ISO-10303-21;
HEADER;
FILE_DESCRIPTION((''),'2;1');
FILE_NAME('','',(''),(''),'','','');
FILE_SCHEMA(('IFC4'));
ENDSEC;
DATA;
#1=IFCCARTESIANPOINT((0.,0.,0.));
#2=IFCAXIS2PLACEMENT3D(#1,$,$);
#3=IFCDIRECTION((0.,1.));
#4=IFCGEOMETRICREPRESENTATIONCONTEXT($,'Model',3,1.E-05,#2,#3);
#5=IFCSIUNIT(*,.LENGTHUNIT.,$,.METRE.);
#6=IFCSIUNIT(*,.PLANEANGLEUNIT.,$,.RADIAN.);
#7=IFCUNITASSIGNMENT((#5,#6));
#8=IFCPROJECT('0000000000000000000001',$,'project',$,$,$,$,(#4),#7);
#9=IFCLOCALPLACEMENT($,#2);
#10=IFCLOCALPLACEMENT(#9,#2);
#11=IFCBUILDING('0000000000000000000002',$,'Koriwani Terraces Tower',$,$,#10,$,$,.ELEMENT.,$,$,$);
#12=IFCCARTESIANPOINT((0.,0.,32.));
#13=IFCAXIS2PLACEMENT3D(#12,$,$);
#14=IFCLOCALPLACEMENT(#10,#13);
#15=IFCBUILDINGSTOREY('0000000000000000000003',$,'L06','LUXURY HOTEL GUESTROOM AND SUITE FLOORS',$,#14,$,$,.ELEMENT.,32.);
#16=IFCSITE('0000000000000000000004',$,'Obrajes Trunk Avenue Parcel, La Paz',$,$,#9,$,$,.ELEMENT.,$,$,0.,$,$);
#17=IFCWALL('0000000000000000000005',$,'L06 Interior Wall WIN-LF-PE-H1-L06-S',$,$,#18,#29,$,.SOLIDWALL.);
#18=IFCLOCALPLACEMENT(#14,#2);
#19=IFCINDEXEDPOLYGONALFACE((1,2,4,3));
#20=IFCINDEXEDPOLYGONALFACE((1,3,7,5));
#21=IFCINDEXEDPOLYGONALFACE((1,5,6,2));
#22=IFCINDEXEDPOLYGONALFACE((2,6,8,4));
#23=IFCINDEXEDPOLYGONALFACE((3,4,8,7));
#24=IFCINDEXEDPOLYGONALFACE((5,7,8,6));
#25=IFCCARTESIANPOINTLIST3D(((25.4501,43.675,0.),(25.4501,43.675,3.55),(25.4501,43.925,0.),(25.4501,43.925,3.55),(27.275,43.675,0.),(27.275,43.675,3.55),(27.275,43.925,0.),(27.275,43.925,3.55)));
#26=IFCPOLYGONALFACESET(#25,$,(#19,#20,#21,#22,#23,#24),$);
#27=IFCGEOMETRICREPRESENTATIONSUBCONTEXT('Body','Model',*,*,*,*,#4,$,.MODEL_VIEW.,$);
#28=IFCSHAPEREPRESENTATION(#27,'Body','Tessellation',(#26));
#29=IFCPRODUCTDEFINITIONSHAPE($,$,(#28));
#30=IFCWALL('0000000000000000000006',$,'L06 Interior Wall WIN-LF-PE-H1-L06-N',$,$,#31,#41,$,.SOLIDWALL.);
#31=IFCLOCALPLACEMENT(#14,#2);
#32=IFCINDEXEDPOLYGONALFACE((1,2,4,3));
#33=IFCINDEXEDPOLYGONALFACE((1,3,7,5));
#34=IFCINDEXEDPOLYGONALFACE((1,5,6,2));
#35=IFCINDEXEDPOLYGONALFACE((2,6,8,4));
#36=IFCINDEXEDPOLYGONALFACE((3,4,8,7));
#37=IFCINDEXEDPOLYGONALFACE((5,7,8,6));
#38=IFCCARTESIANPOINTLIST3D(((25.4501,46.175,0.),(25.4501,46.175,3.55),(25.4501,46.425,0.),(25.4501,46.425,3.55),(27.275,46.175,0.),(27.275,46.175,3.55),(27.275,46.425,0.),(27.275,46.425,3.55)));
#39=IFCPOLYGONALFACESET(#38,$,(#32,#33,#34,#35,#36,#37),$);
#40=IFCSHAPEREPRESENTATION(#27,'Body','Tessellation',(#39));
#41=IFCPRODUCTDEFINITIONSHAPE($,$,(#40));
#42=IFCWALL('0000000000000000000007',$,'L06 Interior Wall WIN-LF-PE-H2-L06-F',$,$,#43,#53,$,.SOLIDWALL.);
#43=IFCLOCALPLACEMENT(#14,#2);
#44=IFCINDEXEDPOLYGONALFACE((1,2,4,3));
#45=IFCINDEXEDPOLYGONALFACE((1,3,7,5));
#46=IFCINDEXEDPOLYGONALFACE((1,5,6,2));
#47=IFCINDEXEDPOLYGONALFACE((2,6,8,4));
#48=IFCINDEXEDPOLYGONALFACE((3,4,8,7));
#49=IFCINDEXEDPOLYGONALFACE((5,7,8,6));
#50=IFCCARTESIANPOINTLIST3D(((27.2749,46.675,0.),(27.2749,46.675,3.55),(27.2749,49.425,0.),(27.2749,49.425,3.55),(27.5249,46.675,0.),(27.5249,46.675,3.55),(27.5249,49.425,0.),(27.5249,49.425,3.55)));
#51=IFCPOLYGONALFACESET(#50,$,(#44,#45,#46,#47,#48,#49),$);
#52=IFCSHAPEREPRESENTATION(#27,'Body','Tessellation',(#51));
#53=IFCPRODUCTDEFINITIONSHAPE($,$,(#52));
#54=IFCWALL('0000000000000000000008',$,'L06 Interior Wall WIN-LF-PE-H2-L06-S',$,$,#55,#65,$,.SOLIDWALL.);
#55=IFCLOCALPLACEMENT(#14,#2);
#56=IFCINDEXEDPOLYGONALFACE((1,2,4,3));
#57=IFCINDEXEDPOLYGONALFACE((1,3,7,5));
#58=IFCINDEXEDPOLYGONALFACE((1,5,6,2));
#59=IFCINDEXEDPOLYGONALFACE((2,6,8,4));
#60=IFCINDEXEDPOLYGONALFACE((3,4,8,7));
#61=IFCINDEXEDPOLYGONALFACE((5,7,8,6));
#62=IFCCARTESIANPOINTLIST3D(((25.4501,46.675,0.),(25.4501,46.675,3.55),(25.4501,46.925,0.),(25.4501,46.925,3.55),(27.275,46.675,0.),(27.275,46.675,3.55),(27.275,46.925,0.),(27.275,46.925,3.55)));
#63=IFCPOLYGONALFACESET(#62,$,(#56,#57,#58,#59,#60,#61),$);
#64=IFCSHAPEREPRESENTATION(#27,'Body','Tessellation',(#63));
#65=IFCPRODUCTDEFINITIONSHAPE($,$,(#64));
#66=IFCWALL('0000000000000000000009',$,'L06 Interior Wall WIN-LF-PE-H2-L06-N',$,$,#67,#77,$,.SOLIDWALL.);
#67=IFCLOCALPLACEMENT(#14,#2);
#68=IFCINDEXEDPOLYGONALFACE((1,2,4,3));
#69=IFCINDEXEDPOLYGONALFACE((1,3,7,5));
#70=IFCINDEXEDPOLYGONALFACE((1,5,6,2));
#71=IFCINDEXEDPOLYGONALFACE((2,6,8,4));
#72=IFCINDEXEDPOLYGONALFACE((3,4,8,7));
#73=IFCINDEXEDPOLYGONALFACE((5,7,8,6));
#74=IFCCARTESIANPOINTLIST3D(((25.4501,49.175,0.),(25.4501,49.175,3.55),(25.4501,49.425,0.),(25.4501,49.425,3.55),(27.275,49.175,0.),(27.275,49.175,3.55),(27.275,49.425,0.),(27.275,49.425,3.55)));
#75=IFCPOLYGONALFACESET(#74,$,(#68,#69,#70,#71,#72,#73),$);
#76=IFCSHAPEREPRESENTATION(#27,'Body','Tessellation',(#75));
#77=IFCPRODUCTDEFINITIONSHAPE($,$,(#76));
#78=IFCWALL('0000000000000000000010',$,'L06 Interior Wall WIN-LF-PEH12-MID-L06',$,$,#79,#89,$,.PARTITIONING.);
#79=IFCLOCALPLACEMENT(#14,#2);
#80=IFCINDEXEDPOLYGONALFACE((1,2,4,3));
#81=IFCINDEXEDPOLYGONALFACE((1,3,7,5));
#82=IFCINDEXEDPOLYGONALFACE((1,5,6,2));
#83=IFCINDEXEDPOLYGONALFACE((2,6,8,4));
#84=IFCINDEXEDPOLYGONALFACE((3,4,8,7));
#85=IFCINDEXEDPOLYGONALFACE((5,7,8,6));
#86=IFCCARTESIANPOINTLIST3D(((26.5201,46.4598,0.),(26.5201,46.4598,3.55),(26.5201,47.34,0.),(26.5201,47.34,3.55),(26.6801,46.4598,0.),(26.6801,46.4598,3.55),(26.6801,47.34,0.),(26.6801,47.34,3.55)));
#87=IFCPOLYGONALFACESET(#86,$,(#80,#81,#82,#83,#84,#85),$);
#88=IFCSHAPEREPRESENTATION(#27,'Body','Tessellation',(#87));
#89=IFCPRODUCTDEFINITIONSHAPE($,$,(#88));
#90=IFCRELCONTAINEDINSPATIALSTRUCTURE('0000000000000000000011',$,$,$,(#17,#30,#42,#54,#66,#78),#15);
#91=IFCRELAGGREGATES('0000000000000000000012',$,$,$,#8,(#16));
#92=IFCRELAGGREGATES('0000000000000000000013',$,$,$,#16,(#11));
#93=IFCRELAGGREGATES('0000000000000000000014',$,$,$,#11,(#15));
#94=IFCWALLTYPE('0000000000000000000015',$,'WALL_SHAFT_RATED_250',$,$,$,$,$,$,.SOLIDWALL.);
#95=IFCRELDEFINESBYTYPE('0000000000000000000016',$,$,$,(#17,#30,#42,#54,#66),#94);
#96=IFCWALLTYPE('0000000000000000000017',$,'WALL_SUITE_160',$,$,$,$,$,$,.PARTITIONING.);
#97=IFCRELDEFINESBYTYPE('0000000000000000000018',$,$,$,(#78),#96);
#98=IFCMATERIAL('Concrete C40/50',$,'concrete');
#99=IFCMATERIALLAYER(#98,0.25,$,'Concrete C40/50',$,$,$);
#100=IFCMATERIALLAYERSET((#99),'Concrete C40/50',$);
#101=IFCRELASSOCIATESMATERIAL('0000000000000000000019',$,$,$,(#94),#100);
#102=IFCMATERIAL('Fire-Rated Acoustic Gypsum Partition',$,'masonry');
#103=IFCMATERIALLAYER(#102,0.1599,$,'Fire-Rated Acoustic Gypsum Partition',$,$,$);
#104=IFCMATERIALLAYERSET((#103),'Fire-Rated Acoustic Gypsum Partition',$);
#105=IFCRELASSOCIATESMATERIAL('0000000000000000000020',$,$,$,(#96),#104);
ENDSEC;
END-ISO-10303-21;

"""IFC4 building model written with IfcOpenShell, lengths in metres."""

from ifc_helpers import new_model, si_unit, direction, frame, frame_2d, origin, place, context, subcontext, project, spatial, rectangle, extrude, material, layer, layer_set, type_object, element, save


model = new_model("IFC4")

# Units and contexts
model_context = context("Model", 3, precision=1e-05, world=origin(), true_north=direction((0.0, 1.0)))
body_context = subcontext(model_context, "Body", "Model", "MODEL_VIEW")
ifc_project = project(units=[si_unit("LENGTHUNIT", "METRE"), si_unit("PLANEANGLEUNIT", "RADIAN")], contexts=[model_context])

# Site, building, storey
site_placement = place(None, origin())
site = spatial("IfcSite", under=ifc_project, at=site_placement, Name="Obrajes Trunk Avenue Parcel, La Paz", CompositionType="ELEMENT", RefElevation=0.0)
building_placement = place(site_placement, origin())
building = spatial("IfcBuilding", under=site, at=building_placement, Name="Koriwani Terraces Tower", CompositionType="ELEMENT")
storey_placement = place(building_placement, frame((0.0, 0.0, 32.0)))
storey = spatial("IfcBuildingStorey", under=building, at=storey_placement, Name="L06", Description="LUXURY HOTEL GUESTROOM AND SUITE FLOORS", CompositionType="ELEMENT", Elevation=32.0)

# Shared definitions
ifc_material_1 = material(Name="Concrete C40/50", Category="concrete")
ifc_layer_1 = layer(ifc_material_1, 0.25, Name="Concrete C40/50")
ifc_layer_set_1 = layer_set([ifc_layer_1], Name="Concrete C40/50")
wall_type_1 = type_object("IfcWallType", Name="WALL_SHAFT_RATED_250", PredefinedType="SOLIDWALL", material=ifc_layer_set_1)

# Walls
for number, where, z_axis, x_axis, name in (
    (1, (25.45, 43.8, 0.0), (0.0, 0.0, 1.0), (1.0, 0.0, 0.0), "L06 Interior Wall WIN-LF-PE-H1-L06-S"),
    (2, (25.45, 46.3, 0.0), (0.0, 0.0, 1.0), (1.0, 0.0, 0.0), "L06 Interior Wall WIN-LF-PE-H1-L06-N"),
):
    element("IfcWall", number, at=place(storey_placement, frame(where, z_axis=z_axis, x_axis=x_axis)), inside=storey, type_object=wall_type_1, Name=name, PredefinedType="SOLIDWALL", context=body_context, shape_type="SweptSolid", body=[
        extrude(rectangle(XDim=1.825, YDim=0.25, at=frame_2d((0.9126, 0.0))), origin(), (0.0, 0.0, 1.0), 3.55),
    ])
wall_1_placement = place(storey_placement, frame((27.3999, 46.675, 0.0), z_axis=(0.0, 0.0, 1.0), x_axis=(0.0, 1.0, 0.0)))
element("IfcWall", 3, at=wall_1_placement, inside=storey, type_object=wall_type_1, Name="L06 Interior Wall WIN-LF-PE-H2-L06-F", PredefinedType="SOLIDWALL", context=body_context, shape_type="SweptSolid", body=[
    extrude(rectangle(XDim=2.75, YDim=0.25, at=frame_2d((1.375, 0.0))), origin(), (0.0, 0.0, 1.0), 3.55),
])
for number, where, z_axis, x_axis, name in (
    (4, (25.45, 46.8, 0.0), (0.0, 0.0, 1.0), (1.0, 0.0, 0.0), "L06 Interior Wall WIN-LF-PE-H2-L06-S"),
    (5, (25.45, 49.3, 0.0), (0.0, 0.0, 1.0), (1.0, 0.0, 0.0), "L06 Interior Wall WIN-LF-PE-H2-L06-N"),
):
    element("IfcWall", number, at=place(storey_placement, frame(where, z_axis=z_axis, x_axis=x_axis)), inside=storey, type_object=wall_type_1, Name=name, PredefinedType="SOLIDWALL", context=body_context, shape_type="SweptSolid", body=[
        extrude(rectangle(XDim=1.825, YDim=0.25, at=frame_2d((0.9126, 0.0))), origin(), (0.0, 0.0, 1.0), 3.55),
    ])
ifc_material_2 = material(Name="Fire-Rated Acoustic Gypsum Partition", Category="masonry")
ifc_layer_2 = layer(ifc_material_2, 0.1599, Name="Fire-Rated Acoustic Gypsum Partition")
ifc_layer_set_2 = layer_set([ifc_layer_2], Name="Fire-Rated Acoustic Gypsum Partition")
wall_type_2 = type_object("IfcWallType", Name="WALL_SUITE_160", PredefinedType="PARTITIONING", material=ifc_layer_set_2)
wall_2_placement = place(storey_placement, frame((26.6001, 46.46, 0.0), z_axis=(0.0, 0.0, 1.0), x_axis=(0.0, 1.0, 0.0)))
element("IfcWall", 6, at=wall_2_placement, inside=storey, type_object=wall_type_2, Name="L06 Interior Wall WIN-LF-PEH12-MID-L06", PredefinedType="PARTITIONING", context=body_context, shape_type="SweptSolid", body=[
    extrude(rectangle(XDim=0.8801, YDim=0.1599, at=frame_2d((0.4399, 0.0))), origin(), (0.0, 0.0, 1.0), 3.55),
])

save(model, "model.ifc")
